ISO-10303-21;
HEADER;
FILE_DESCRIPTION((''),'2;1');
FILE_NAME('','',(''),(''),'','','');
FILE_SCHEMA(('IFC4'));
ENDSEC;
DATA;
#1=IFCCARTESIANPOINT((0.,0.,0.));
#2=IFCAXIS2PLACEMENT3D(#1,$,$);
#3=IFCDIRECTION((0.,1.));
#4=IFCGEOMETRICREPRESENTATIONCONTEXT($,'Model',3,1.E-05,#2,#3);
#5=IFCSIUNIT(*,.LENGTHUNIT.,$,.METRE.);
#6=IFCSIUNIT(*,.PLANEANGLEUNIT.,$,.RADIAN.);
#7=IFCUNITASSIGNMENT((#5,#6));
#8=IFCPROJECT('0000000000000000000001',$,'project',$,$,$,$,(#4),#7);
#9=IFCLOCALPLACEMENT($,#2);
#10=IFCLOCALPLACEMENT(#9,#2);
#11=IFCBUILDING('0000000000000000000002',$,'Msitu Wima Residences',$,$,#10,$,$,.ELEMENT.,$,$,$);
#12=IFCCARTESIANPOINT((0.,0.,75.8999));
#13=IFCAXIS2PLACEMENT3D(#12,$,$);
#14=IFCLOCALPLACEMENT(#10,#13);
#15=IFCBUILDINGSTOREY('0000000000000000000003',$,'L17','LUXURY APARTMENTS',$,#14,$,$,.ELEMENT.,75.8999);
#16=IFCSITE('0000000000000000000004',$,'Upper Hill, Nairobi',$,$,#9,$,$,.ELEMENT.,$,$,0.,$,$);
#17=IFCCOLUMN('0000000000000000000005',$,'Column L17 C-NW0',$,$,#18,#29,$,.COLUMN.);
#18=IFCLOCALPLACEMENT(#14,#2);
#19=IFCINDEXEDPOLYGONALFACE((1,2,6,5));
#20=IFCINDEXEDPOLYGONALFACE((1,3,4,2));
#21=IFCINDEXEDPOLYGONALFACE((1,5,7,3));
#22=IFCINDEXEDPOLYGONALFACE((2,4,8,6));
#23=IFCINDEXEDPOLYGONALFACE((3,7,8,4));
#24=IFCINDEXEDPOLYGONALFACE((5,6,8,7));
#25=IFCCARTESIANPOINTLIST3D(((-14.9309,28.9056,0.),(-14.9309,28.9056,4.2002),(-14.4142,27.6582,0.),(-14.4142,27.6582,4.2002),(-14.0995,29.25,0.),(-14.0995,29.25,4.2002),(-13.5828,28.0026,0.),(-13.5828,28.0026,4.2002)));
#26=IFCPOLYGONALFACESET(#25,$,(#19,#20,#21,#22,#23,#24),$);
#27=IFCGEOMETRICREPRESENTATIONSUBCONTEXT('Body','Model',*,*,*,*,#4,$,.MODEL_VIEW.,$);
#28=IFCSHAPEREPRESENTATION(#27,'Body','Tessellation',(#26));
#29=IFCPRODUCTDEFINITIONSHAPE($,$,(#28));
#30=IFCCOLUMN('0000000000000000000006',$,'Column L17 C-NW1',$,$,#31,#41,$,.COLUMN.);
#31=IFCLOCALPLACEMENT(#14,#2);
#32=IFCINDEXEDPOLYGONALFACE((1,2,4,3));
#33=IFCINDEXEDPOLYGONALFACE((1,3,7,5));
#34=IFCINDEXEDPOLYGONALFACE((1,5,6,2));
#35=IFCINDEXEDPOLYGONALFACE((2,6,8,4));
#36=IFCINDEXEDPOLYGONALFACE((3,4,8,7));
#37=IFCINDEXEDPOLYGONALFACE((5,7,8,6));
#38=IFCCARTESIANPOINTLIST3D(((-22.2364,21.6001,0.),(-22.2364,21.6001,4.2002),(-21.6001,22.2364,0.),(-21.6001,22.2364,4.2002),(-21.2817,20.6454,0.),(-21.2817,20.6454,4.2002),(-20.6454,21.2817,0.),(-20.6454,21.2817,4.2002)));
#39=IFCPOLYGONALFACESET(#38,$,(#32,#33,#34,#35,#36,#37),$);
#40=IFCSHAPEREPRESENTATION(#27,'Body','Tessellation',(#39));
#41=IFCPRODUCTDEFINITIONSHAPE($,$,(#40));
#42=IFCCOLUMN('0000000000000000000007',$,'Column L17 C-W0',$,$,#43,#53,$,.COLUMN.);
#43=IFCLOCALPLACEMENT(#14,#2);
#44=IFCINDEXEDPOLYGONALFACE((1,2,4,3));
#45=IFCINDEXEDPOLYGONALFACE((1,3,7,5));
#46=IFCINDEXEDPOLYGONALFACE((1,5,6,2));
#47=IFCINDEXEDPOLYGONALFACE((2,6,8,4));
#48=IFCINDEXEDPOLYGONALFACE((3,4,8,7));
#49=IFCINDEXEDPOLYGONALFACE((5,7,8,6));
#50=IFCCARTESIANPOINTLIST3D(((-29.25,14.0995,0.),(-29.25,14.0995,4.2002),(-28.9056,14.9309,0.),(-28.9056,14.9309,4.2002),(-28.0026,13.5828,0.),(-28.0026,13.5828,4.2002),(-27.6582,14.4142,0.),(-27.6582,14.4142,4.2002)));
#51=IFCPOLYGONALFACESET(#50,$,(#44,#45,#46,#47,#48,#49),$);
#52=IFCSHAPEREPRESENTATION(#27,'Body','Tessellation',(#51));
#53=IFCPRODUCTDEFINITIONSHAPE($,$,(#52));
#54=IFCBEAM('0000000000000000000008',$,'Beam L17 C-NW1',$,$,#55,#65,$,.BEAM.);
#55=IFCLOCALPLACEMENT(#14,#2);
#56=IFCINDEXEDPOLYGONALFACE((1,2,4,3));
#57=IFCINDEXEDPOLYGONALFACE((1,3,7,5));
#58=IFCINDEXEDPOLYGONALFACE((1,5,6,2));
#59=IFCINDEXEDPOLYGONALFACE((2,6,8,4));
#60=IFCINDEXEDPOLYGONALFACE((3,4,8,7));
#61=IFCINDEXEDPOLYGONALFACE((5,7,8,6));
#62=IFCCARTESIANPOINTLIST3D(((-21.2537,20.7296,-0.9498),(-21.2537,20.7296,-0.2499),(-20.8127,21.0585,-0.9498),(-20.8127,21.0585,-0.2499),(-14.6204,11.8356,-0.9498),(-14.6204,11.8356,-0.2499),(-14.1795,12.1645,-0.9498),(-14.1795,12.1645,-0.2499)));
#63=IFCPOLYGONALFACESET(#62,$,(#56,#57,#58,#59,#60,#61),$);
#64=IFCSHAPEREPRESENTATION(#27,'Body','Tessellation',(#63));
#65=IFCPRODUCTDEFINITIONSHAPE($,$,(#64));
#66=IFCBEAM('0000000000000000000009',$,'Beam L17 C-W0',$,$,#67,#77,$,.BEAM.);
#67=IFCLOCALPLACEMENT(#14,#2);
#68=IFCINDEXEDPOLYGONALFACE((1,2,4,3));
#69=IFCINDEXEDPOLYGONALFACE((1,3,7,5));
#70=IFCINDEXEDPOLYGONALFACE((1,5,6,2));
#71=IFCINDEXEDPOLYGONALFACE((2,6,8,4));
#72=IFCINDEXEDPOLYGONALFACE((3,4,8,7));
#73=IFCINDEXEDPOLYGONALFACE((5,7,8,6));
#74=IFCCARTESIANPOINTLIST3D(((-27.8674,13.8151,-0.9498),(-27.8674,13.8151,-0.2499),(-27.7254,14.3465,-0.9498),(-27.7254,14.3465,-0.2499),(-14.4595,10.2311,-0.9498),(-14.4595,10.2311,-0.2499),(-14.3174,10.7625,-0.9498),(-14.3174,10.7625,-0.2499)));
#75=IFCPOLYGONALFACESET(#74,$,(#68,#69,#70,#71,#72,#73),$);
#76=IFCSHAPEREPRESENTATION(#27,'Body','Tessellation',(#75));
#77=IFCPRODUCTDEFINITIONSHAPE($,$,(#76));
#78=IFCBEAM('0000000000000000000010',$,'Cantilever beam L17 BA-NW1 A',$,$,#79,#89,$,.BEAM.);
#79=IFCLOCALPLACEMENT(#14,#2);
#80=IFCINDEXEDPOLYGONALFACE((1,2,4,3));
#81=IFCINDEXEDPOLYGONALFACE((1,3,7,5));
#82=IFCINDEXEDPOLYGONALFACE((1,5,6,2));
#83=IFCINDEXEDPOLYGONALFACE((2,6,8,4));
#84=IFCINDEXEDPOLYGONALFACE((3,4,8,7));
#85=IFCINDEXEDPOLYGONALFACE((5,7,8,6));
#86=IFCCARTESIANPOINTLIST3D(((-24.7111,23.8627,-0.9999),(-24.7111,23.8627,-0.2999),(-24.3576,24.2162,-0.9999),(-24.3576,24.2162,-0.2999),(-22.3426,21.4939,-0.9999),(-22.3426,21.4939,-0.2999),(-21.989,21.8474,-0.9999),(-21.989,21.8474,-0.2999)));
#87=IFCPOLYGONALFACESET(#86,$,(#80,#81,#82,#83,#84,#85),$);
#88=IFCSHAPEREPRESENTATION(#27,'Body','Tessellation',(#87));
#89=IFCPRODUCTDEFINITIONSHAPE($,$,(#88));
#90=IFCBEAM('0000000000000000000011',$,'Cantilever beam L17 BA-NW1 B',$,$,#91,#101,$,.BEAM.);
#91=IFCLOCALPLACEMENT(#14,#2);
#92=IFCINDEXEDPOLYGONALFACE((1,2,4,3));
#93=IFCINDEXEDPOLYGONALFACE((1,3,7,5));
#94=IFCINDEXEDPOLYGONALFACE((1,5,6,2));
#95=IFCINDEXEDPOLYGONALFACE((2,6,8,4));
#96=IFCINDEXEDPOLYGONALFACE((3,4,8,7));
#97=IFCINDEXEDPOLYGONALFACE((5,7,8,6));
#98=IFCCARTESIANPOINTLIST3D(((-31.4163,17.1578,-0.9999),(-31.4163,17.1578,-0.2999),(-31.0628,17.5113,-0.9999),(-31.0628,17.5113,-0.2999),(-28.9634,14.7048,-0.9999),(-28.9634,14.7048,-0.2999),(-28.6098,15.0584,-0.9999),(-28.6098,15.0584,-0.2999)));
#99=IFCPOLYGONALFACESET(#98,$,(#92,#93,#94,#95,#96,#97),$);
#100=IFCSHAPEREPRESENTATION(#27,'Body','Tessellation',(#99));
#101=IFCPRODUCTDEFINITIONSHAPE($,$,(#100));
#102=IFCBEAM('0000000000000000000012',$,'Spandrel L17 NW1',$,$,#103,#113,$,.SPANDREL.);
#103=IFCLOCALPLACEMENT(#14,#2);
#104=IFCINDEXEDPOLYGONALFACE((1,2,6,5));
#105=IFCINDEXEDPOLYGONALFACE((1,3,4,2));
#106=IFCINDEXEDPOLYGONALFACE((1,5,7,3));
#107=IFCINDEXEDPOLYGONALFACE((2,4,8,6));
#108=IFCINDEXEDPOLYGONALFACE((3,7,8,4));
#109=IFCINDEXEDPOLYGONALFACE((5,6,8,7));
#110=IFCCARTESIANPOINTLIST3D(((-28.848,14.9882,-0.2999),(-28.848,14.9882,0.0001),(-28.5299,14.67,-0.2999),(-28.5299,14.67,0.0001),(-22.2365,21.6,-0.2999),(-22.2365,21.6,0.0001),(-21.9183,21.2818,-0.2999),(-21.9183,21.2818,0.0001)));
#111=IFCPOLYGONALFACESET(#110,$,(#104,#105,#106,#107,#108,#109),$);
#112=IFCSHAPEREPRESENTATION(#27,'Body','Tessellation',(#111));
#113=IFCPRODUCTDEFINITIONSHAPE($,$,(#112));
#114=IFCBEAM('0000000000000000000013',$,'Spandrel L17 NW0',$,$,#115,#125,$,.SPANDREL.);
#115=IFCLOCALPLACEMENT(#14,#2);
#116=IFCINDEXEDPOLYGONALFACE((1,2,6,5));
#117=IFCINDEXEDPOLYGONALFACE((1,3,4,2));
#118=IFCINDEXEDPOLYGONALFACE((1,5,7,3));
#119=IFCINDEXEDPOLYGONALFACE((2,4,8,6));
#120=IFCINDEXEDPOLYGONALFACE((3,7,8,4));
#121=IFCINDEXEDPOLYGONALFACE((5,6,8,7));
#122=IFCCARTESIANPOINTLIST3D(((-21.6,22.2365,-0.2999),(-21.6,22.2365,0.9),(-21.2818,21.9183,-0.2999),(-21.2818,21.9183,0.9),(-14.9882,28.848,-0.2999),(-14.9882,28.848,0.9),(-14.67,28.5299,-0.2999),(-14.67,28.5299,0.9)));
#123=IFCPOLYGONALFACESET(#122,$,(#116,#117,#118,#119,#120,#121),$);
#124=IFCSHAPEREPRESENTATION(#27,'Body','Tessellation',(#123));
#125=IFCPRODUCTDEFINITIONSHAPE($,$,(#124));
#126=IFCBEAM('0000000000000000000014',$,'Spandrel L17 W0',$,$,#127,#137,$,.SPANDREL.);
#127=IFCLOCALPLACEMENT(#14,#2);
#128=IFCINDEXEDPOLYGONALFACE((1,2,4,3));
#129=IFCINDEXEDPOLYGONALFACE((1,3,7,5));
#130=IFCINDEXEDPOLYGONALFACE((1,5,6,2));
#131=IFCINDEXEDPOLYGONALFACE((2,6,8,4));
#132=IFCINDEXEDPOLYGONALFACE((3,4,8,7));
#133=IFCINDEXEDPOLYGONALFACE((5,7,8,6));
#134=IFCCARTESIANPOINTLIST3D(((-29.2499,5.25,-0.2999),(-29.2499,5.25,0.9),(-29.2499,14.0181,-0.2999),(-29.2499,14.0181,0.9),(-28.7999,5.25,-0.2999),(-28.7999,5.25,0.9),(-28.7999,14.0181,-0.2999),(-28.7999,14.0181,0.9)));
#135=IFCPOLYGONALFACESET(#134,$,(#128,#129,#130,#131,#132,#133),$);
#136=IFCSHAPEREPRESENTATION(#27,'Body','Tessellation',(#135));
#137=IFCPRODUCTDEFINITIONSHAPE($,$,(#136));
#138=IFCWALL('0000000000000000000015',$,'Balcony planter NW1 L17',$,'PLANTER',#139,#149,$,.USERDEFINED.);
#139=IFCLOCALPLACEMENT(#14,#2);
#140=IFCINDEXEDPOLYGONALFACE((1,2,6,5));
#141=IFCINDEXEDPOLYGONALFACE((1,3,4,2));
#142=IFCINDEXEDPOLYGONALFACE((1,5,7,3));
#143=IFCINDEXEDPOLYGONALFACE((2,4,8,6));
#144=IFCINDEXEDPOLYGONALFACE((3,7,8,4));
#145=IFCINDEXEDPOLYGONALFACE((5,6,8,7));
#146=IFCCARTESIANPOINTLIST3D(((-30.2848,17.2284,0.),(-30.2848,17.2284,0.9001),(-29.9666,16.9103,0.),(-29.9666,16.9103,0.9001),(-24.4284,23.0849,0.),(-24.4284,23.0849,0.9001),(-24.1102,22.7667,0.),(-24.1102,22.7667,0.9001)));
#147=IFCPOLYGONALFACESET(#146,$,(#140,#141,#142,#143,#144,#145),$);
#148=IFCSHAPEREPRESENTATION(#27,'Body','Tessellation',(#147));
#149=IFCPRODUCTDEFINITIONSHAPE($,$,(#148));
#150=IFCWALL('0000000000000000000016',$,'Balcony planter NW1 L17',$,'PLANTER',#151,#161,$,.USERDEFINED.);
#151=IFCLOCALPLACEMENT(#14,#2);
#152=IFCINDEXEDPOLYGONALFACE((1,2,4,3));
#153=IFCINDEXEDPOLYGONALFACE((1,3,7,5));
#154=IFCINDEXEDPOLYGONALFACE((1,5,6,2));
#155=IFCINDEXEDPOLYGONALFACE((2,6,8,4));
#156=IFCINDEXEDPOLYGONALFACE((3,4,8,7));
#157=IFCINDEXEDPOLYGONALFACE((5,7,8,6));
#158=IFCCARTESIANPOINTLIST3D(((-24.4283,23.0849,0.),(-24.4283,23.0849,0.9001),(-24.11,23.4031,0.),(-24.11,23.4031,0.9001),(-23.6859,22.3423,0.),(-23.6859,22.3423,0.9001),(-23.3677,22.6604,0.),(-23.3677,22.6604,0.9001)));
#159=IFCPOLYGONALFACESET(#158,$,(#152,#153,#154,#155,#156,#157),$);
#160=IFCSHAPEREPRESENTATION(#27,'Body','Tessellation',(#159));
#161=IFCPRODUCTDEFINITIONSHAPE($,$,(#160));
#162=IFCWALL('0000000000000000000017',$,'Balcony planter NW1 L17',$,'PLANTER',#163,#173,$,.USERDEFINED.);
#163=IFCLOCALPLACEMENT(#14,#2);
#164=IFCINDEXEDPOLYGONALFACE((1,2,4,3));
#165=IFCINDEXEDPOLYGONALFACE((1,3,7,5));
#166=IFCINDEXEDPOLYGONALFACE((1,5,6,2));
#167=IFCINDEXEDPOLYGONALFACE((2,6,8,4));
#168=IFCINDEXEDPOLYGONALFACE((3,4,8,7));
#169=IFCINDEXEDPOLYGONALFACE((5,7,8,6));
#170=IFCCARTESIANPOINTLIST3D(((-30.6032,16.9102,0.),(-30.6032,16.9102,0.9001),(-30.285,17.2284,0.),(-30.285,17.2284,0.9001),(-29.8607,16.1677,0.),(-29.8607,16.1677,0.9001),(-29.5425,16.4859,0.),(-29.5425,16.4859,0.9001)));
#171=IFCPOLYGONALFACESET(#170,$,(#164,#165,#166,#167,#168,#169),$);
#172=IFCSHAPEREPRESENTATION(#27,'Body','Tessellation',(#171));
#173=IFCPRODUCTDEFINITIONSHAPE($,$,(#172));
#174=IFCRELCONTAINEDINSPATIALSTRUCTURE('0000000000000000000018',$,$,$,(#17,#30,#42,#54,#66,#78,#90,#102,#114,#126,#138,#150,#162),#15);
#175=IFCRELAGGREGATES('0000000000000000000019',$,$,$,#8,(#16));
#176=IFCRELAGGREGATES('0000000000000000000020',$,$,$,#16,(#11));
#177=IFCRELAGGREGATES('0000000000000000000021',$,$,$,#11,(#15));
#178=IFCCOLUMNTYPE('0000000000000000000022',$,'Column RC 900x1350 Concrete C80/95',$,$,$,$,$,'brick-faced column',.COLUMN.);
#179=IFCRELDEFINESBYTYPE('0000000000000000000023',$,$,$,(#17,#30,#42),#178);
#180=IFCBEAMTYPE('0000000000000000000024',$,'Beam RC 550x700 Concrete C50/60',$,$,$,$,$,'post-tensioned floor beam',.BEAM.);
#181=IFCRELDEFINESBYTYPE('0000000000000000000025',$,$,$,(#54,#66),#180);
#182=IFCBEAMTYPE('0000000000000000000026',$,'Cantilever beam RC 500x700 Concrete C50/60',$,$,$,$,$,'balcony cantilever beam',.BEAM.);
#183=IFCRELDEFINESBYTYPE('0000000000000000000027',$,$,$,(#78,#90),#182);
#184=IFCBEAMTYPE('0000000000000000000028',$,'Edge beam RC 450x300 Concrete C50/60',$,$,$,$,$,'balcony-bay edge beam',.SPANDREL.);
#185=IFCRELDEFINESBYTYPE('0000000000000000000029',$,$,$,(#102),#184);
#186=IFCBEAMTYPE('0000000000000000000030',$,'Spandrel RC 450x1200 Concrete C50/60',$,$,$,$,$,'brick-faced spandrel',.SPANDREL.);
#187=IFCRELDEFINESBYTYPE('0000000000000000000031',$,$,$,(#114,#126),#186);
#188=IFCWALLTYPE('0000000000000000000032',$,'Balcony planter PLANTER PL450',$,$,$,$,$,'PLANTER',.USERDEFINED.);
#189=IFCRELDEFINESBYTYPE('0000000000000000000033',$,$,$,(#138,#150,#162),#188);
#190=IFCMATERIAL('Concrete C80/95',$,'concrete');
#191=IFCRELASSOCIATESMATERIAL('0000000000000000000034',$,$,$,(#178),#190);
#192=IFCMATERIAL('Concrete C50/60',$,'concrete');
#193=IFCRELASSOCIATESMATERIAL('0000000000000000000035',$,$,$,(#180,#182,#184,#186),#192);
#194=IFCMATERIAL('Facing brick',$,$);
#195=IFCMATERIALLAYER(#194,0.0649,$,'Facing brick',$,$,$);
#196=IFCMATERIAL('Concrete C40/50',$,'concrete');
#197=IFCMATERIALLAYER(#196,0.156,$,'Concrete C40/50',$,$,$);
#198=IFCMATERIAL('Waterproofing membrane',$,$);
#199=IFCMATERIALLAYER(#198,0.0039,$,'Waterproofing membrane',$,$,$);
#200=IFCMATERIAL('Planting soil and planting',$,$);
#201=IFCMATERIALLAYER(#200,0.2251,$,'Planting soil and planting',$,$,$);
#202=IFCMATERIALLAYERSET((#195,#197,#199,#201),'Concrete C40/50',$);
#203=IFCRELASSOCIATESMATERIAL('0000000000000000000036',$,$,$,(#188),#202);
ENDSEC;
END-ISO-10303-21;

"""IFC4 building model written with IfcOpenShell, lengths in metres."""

from ifc_helpers import new_model, si_unit, direction, frame, frame_2d, origin, origin_2d, place, context, subcontext, project, spatial, rectangle, extrude, material, layer, layer_set, material_profile, profile_set, type_object, element, save


model = new_model("IFC4")

# Units and contexts
model_context = context("Model", 3, precision=1e-05, world=origin(), true_north=direction((0.0, 1.0)))
body_context = subcontext(model_context, "Body", "Model", "MODEL_VIEW")
ifc_project = project(units=[si_unit("LENGTHUNIT", "METRE"), si_unit("PLANEANGLEUNIT", "RADIAN")], contexts=[model_context])

# Site, building, storey
site_placement = place(None, origin())
site = spatial("IfcSite", under=ifc_project, at=site_placement, Name="Upper Hill, Nairobi", CompositionType="ELEMENT", RefElevation=0.0)
building_placement = place(site_placement, origin())
building = spatial("IfcBuilding", under=site, at=building_placement, Name="Msitu Wima Residences", CompositionType="ELEMENT")
storey_placement = place(building_placement, frame((0.0, 0.0, 75.8999)))
storey = spatial("IfcBuildingStorey", under=building, at=storey_placement, Name="L17", Description="LUXURY APARTMENTS", CompositionType="ELEMENT", Elevation=75.8999)

# Columns
ifc_material_1 = material(Name="Concrete C80/95", Category="concrete")
ifc_material_profile_1 = material_profile(ifc_material_1, rectangle(XDim=0.8999, YDim=1.3501, at=origin_2d()), Name="RC 900x1350")
ifc_profile_set_1 = profile_set([ifc_material_profile_1], Name="Concrete C80/95")
column_type = type_object("IfcColumnType", Name="Column RC 900x1350 Concrete C80/95", ElementType="brick-faced column", PredefinedType="COLUMN", material=ifc_profile_set_1)
for number, where, z_axis, x_axis, name in (
    (1, (-14.2568, 28.4541, 0.0), (0.0, 0.0, 1.0), (-0.92388, -0.382683, 0.0), "Column L17 C-NW0"),
    (2, (-21.4409, 21.4409, 0.0), (0.0, 0.0, 1.0), (-0.707107, -0.707107, 0.0), "Column L17 C-NW1"),
    (3, (-28.4541, 14.2568, 0.0), (0.0, 0.0, 1.0), (-0.382683, -0.92388, 0.0), "Column L17 C-W0"),
):
    element("IfcColumn", number, at=place(storey_placement, frame(where, z_axis=z_axis, x_axis=x_axis)), inside=storey, type_object=column_type, Name=name, PredefinedType="COLUMN", context=body_context, shape_type="SweptSolid", body=[
        extrude(rectangle(XDim=0.8999, YDim=1.3501, at=origin_2d()), origin(), (0.0, 0.0, 1.0), 4.2002),
    ])

# Beams
ifc_material_2 = material(Name="Concrete C50/60", Category="concrete")
ifc_material_profile_2 = material_profile(ifc_material_2, rectangle(XDim=0.55, YDim=0.7, at=origin_2d()), Name="RC 550x700")
ifc_profile_set_2 = profile_set([ifc_material_profile_2], Name="Concrete C50/60")
beam_type_1 = type_object("IfcBeamType", Name="Beam RC 550x700 Concrete C50/60", ElementType="post-tensioned floor beam", PredefinedType="BEAM", material=ifc_profile_set_2)
beam_1_placement = place(storey_placement, frame((-21.0332, 20.894, -0.5999), z_axis=(0.59785, -0.801608, 0.0), x_axis=(0.801608, 0.59785, 0.0)))
element("IfcBeam", 4, at=beam_1_placement, inside=storey, type_object=beam_type_1, Name="Beam L17 C-NW1", PredefinedType="BEAM", context=body_context, shape_type="SweptSolid", body=[
    extrude(rectangle(XDim=0.55, YDim=0.7, at=origin_2d()), origin(), (0.0, 0.0, 1.0), 11.0952),
])
beam_2_placement = place(storey_placement, frame((-27.7964, 14.0808, -0.5999), z_axis=(0.966082, -0.258236, 0.0), x_axis=(0.258236, 0.966082, 0.0)))
element("IfcBeam", 5, at=beam_2_placement, inside=storey, type_object=beam_type_1, Name="Beam L17 C-W0", PredefinedType="BEAM", context=body_context, shape_type="SweptSolid", body=[
    extrude(rectangle(XDim=0.55, YDim=0.7, at=origin_2d()), origin(), (0.0, 0.0, 1.0), 13.8787),
])
ifc_material_profile_3 = material_profile(ifc_material_2, rectangle(XDim=0.5, YDim=0.7, at=origin_2d()), Name="RC 500x700")
ifc_profile_set_3 = profile_set([ifc_material_profile_3], Name="Concrete C50/60")
beam_type_2 = type_object("IfcBeamType", Name="Cantilever beam RC 500x700 Concrete C50/60", ElementType="balcony cantilever beam", PredefinedType="BEAM", material=ifc_profile_set_3)
beam_3_placement = place(storey_placement, frame((-22.1658, 21.6707, -0.6499), z_axis=(-0.70707, 0.707143, 0.0), x_axis=(-0.707143, -0.70707, 0.0)))
element("IfcBeam", 6, at=beam_3_placement, inside=storey, type_object=beam_type_2, Name="Cantilever beam L17 BA-NW1 A", PredefinedType="BEAM", context=body_context, shape_type="SweptSolid", body=[
    extrude(rectangle(XDim=0.5, YDim=0.7, at=origin_2d()), origin(), (0.0, 0.0, 1.0), 3.3499),
])
beam_4_placement = place(storey_placement, frame((-28.7866, 14.8816, -0.6499), z_axis=(-0.707107, 0.707107, 0.0), x_axis=(-0.707107, -0.707107, 0.0)))
element("IfcBeam", 7, at=beam_4_placement, inside=storey, type_object=beam_type_2, Name="Cantilever beam L17 BA-NW1 B", PredefinedType="BEAM", context=body_context, shape_type="SweptSolid", body=[
    extrude(rectangle(XDim=0.5, YDim=0.7, at=origin_2d()), origin(), (0.0, 0.0, 1.0), 3.469),
])
ifc_material_profile_4 = material_profile(ifc_material_2, rectangle(XDim=0.45, YDim=0.3, at=origin_2d()), Name="RC 450x300")
ifc_profile_set_4 = profile_set([ifc_material_profile_4], Name="Concrete C50/60")
beam_type_3 = type_object("IfcBeamType", Name="Edge beam RC 450x300 Concrete C50/60", ElementType="balcony-bay edge beam", PredefinedType="SPANDREL", material=ifc_profile_set_4)
beam_5_placement = place(storey_placement, frame((-22.0774, 21.4409, -0.1499), z_axis=(-0.707094, -0.70712, 0.0), x_axis=(0.70712, -0.707094, 0.0)))
element("IfcBeam", 8, at=beam_5_placement, inside=storey, type_object=beam_type_3, Name="Spandrel L17 NW1", PredefinedType="SPANDREL", context=body_context, shape_type="SweptSolid", body=[
    extrude(rectangle(XDim=0.45, YDim=0.3, at=origin_2d()), origin(), (0.0, 0.0, 1.0), 9.3503),
])
ifc_material_profile_5 = material_profile(ifc_material_2, rectangle(XDim=0.45, YDim=1.2, at=origin_2d()), Name="RC 450x1200")
ifc_profile_set_5 = profile_set([ifc_material_profile_5], Name="Concrete C50/60")
beam_type_4 = type_object("IfcBeamType", Name="Spandrel RC 450x1200 Concrete C50/60", ElementType="brick-faced spandrel", PredefinedType="SPANDREL", material=ifc_profile_set_5)
beam_6_placement = place(storey_placement, frame((-14.8291, 28.689, 0.3), z_axis=(-0.70712, -0.707094, 0.0), x_axis=(0.707094, -0.70712, 0.0)))
element("IfcBeam", 9, at=beam_6_placement, inside=storey, type_object=beam_type_4, Name="Spandrel L17 NW0", PredefinedType="SPANDREL", context=body_context, shape_type="SweptSolid", body=[
    extrude(rectangle(XDim=0.45, YDim=1.2, at=origin_2d()), origin(), (0.0, 0.0, 1.0), 9.3503),
])
beam_7_placement = place(storey_placement, frame((-29.0249, 14.0181, 0.3), z_axis=(0.0, -1.0, 0.0), x_axis=(1.0, 0.0, 0.0)))
element("IfcBeam", 10, at=beam_7_placement, inside=storey, type_object=beam_type_4, Name="Spandrel L17 W0", PredefinedType="SPANDREL", context=body_context, shape_type="SweptSolid", body=[
    extrude(rectangle(XDim=0.45, YDim=1.2, at=origin_2d()), origin(), (0.0, 0.0, 1.0), 8.7681),
])

# Walls
ifc_material_3 = material(Name="Facing brick")
ifc_layer_1 = layer(ifc_material_3, 0.0649, Name="Facing brick")
ifc_material_4 = material(Name="Concrete C40/50", Category="concrete")
ifc_layer_2 = layer(ifc_material_4, 0.156, Name="Concrete C40/50")
ifc_material_5 = material(Name="Waterproofing membrane")
ifc_layer_3 = layer(ifc_material_5, 0.0039, Name="Waterproofing membrane")
ifc_material_6 = material(Name="Planting soil and planting")
ifc_layer_4 = layer(ifc_material_6, 0.2251, Name="Planting soil and planting")
ifc_layer_set_1 = layer_set([ifc_layer_1, ifc_layer_2, ifc_layer_3, ifc_layer_4], Name="Concrete C40/50")
wall_type_1 = type_object("IfcWallType", Name="Balcony planter PLANTER PL450", ElementType="PLANTER", PredefinedType="USERDEFINED", material=ifc_layer_set_1)
wall_1_placement = place(storey_placement, frame((-24.2693, 22.9258, 0.0), z_axis=(0.0, 0.0, 1.0), x_axis=(-0.707107, -0.707107, 0.0)))
element("IfcWall", 11, at=wall_1_placement, inside=storey, type_object=wall_type_1, Name="Balcony planter NW1 L17", ObjectType="PLANTER", PredefinedType="USERDEFINED", context=body_context, shape_type="SweptSolid", body=[
    extrude(rectangle(XDim=8.2822, YDim=0.45, at=frame_2d((4.1411, 0.0))), origin(), (0.0, 0.0, 1.0), 0.9001),
])
for number, where, z_axis, x_axis, name in (
    (12, (-23.5269, 22.5015, 0.0), (0.0, 0.0, 1.0), (-0.706991, 0.707223, 0.0), "Balcony planter NW1 L17"),
    (13, (-29.7017, 16.3269, 0.0), (0.0, 0.0, 1.0), (-0.707107, 0.707107, 0.0), "Balcony planter NW1 L17"),
):
    element("IfcWall", number, at=place(storey_placement, frame(where, z_axis=z_axis, x_axis=x_axis)), inside=storey, type_object=wall_type_1, Name=name, ObjectType="PLANTER", PredefinedType="USERDEFINED", context=body_context, shape_type="SweptSolid", body=[
        extrude(rectangle(XDim=1.05, YDim=0.45, at=frame_2d((0.5249, 0.0))), origin(), (0.0, 0.0, 1.0), 0.9001),
    ])

save(model, "model.ifc")
